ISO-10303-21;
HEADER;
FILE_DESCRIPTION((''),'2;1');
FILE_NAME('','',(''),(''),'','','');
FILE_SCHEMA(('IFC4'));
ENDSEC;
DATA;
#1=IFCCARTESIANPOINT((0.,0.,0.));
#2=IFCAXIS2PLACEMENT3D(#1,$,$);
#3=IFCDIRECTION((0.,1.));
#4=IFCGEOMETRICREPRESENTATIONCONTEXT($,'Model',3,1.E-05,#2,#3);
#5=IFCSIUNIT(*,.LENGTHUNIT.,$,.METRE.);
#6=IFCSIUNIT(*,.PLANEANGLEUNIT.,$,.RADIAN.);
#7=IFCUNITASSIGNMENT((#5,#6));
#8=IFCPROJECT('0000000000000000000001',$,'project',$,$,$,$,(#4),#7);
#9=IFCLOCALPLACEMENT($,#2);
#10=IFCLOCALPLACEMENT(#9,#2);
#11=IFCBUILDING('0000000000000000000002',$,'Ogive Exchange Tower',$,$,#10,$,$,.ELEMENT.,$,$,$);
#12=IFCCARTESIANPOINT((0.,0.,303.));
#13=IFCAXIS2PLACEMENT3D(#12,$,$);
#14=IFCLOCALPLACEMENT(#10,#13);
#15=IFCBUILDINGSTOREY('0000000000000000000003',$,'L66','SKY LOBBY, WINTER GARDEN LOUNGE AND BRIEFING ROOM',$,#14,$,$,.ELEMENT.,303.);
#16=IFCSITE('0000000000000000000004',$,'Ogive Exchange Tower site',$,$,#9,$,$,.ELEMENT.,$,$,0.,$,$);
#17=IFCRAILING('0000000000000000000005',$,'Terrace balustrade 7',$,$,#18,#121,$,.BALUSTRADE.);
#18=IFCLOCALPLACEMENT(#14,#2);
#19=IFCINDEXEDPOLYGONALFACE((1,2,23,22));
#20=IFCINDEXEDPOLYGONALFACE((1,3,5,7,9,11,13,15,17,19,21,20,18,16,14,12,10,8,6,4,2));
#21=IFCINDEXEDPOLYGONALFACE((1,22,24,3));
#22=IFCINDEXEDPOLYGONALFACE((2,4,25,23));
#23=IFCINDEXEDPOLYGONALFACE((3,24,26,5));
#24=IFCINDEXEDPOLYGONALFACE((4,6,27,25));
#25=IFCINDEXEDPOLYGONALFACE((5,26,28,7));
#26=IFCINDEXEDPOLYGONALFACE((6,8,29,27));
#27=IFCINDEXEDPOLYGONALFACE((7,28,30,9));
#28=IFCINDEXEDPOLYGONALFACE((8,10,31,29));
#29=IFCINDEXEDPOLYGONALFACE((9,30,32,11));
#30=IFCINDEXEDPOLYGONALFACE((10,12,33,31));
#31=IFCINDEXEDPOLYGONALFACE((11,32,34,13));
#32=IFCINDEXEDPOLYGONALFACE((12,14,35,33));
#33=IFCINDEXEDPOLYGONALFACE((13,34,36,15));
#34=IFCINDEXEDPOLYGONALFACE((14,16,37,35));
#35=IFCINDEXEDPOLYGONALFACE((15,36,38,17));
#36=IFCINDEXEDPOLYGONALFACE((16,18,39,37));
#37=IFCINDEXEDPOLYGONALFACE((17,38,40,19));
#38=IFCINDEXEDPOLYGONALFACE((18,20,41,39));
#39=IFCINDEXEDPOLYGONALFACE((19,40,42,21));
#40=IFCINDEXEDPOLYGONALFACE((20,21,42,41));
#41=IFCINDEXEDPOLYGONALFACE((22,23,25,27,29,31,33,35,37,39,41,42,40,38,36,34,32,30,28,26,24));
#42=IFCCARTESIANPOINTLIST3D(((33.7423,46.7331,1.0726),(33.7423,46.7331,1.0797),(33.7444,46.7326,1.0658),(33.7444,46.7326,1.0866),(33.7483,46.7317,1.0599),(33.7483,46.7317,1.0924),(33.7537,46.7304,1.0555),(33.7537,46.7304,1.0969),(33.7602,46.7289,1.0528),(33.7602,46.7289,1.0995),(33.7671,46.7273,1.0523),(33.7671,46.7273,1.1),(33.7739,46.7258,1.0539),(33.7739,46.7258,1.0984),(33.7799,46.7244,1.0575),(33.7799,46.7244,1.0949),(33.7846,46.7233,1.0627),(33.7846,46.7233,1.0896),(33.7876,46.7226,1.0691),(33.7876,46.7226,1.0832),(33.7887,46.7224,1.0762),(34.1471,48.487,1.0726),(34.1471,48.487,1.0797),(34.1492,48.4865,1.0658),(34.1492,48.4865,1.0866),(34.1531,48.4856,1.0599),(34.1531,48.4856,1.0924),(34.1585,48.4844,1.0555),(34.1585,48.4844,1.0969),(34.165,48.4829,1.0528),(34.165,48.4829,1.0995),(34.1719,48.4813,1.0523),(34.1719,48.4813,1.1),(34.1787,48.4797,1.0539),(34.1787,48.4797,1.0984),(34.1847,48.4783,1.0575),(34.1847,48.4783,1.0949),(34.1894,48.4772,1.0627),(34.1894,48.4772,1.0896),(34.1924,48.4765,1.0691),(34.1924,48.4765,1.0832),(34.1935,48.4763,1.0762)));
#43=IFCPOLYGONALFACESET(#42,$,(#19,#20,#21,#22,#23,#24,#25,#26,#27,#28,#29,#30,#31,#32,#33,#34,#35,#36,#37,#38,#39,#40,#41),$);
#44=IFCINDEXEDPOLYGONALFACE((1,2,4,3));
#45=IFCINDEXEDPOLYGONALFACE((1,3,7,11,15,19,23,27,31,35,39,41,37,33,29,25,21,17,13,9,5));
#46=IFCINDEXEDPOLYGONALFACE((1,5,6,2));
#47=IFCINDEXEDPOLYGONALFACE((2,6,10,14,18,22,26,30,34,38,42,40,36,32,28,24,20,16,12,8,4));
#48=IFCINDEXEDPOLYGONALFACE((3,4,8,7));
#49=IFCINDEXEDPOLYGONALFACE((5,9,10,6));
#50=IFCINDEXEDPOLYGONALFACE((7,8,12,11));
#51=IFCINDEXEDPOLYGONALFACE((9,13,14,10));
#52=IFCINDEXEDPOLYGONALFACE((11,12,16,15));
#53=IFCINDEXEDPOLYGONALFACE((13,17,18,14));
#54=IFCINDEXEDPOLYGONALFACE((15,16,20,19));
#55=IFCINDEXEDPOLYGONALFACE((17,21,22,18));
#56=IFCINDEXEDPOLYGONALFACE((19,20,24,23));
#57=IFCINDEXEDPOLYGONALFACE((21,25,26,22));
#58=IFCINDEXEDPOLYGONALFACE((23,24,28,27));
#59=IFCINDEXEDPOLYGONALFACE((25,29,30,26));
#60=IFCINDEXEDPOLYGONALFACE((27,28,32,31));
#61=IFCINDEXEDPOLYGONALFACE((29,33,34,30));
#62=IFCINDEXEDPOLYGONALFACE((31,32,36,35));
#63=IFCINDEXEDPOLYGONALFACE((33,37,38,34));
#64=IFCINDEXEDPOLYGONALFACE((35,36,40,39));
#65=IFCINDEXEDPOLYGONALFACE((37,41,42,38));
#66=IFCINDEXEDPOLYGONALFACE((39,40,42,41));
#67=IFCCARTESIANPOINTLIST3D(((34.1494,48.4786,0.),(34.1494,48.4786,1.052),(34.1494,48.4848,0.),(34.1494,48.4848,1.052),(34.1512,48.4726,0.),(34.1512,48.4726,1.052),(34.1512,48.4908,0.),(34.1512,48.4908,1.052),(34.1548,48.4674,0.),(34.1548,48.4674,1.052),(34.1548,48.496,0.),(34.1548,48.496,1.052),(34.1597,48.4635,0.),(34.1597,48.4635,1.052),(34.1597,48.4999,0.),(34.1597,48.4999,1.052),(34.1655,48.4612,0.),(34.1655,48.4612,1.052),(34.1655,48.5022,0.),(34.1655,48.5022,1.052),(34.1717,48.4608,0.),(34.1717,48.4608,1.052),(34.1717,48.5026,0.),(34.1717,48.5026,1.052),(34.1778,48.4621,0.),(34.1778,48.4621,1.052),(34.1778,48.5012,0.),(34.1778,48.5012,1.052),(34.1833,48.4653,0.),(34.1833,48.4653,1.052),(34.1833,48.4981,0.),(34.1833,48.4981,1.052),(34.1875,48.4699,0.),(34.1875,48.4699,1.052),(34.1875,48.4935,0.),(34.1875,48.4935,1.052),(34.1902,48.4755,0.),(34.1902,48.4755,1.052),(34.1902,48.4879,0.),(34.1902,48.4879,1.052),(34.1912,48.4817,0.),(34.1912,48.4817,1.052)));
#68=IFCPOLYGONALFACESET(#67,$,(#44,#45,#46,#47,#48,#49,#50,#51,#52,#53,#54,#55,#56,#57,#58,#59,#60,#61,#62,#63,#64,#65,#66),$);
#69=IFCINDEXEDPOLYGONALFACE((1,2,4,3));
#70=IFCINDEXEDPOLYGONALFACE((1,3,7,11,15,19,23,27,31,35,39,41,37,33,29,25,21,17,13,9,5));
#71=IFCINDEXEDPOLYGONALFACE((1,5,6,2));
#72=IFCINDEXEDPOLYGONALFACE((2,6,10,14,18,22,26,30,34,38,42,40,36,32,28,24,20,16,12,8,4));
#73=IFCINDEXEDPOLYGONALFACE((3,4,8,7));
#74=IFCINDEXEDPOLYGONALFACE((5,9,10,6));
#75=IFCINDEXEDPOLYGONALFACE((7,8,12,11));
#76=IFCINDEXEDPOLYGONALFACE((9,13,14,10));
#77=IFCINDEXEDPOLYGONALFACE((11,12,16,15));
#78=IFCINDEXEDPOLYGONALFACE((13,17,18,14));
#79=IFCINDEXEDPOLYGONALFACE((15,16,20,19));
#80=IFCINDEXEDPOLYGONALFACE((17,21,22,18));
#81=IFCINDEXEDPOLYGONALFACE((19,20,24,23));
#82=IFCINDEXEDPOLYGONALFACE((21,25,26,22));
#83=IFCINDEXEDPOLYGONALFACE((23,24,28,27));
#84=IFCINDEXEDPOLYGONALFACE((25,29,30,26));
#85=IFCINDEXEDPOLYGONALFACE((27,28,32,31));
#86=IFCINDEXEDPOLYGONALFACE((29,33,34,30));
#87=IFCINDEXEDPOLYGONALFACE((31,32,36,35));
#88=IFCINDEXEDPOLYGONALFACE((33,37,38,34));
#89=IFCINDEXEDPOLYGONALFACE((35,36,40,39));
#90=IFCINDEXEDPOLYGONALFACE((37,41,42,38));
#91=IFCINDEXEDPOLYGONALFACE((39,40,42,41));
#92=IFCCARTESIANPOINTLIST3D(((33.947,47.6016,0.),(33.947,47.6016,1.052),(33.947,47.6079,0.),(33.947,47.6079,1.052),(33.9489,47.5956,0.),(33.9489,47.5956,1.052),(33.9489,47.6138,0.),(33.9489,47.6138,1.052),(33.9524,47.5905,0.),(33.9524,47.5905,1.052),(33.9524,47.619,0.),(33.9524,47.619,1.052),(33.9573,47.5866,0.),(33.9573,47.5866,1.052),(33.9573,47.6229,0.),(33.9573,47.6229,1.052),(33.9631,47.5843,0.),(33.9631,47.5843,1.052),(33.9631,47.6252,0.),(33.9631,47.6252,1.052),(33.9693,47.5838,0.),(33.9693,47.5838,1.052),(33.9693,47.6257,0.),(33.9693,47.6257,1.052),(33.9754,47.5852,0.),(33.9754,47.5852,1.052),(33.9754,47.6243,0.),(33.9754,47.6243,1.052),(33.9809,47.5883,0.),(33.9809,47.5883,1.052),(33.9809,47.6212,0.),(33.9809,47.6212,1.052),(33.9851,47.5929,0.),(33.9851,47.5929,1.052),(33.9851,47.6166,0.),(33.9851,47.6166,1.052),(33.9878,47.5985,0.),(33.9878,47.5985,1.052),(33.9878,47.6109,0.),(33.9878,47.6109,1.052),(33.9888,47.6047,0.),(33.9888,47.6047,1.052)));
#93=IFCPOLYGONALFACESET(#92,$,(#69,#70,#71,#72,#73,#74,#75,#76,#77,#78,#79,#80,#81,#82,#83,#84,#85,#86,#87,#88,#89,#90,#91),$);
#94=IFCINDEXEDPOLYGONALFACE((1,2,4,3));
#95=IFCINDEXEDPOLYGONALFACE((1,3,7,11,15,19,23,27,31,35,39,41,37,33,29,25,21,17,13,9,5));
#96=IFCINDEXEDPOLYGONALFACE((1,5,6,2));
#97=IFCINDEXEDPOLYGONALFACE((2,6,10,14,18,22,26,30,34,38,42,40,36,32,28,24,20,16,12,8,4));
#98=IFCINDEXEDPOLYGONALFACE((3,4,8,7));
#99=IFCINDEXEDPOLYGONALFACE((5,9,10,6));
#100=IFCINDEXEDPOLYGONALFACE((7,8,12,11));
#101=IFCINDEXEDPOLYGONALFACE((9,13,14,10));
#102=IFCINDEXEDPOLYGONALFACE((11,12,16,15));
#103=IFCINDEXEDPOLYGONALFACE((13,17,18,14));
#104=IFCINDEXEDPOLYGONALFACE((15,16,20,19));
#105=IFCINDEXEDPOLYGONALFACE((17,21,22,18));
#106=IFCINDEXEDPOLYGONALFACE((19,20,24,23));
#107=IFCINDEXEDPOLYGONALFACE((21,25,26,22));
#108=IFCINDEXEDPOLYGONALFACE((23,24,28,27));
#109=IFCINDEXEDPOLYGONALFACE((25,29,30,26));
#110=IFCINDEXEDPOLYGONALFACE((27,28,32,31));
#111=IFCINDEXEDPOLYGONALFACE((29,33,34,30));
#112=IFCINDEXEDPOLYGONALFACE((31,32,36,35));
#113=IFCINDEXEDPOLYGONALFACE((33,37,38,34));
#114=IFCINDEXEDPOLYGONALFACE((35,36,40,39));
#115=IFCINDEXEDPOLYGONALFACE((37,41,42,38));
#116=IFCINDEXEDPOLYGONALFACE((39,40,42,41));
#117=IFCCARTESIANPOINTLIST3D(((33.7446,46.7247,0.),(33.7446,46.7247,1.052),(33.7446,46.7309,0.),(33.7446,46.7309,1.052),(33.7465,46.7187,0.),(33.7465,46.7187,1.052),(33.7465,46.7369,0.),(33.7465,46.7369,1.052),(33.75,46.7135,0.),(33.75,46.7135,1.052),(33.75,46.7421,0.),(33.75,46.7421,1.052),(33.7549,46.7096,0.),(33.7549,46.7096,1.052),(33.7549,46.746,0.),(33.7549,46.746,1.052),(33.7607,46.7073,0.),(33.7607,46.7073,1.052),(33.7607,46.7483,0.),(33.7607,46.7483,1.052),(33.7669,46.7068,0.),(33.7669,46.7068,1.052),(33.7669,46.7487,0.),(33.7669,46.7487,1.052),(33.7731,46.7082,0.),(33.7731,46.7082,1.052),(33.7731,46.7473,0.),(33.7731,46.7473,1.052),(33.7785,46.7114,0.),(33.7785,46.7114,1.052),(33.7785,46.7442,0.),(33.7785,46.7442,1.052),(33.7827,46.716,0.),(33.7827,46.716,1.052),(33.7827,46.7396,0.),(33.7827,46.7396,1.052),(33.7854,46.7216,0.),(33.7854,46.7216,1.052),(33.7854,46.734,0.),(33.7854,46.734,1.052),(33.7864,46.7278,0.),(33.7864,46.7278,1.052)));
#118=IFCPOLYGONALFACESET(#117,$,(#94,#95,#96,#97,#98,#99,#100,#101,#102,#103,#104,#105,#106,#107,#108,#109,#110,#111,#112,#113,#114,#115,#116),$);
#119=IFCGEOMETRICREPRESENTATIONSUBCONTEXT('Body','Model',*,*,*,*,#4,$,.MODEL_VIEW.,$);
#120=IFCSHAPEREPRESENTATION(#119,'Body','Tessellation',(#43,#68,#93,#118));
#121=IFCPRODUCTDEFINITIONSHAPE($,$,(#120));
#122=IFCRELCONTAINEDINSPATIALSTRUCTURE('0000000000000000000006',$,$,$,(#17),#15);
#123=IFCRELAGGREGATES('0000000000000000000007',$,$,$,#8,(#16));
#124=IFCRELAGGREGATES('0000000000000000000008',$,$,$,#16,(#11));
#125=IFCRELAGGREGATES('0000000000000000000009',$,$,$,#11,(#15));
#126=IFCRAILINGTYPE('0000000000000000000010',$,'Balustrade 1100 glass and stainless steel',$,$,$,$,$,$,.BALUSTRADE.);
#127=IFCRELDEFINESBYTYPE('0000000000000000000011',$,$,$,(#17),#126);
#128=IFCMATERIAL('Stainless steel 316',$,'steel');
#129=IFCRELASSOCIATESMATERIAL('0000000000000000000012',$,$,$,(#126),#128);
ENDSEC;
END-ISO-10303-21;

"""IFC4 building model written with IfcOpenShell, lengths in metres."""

from ifc_helpers import new_model, si_unit, direction, frame, origin, origin_2d, place, context, subcontext, project, spatial, circle, extrude, material, type_object, element, save


model = new_model("IFC4")

# Units and contexts
model_context = context("Model", 3, precision=1e-05, world=origin(), true_north=direction((0.0, 1.0)))
body_context = subcontext(model_context, "Body", "Model", "MODEL_VIEW")
ifc_project = project(units=[si_unit("LENGTHUNIT", "METRE"), si_unit("PLANEANGLEUNIT", "RADIAN")], contexts=[model_context])

# Site, building, storey
site_placement = place(None, origin())
site = spatial("IfcSite", under=ifc_project, at=site_placement, Name="Ogive Exchange Tower site", CompositionType="ELEMENT", RefElevation=0.0)
building_placement = place(site_placement, origin())
building = spatial("IfcBuilding", under=site, at=building_placement, Name="Ogive Exchange Tower", CompositionType="ELEMENT")
storey_placement = place(building_placement, frame((0.0, 0.0, 303.0)))
storey = spatial("IfcBuildingStorey", under=building, at=storey_placement, Name="L66", Description="SKY LOBBY, WINTER GARDEN LOUNGE AND BRIEFING ROOM", CompositionType="ELEMENT", Elevation=303.0)

# Railing
ifc_material_1 = material(Name="Stainless steel 316", Category="steel")
railing_type_1 = type_object("IfcRailingType", Name="Balustrade 1100 glass and stainless steel", PredefinedType="BALUSTRADE", material=ifc_material_1)
railing_1_placement = place(storey_placement, frame((34.1702, 48.4817, 0.0)))
element("IfcRailing", 1, at=railing_1_placement, inside=storey, type_object=railing_type_1, Name="Terrace balustrade 7", PredefinedType="BALUSTRADE", context=body_context, shape_type="SweptSolid", body=[
    extrude(circle(Radius=0.0239, at=origin_2d()), frame((0.0, 0.0, 1.0762), z_axis=(-0.224879, -0.974387, 0.0), x_axis=(0.974387, -0.224879, 0.0)), (0.0, 0.0, 1.0), 1.8),
    extrude(circle(Radius=0.021, at=origin_2d()), origin(), (0.0, 0.0, 1.0), 1.052),
    extrude(circle(Radius=0.021, at=origin_2d()), frame((-0.2024, -0.877, 0.0)), (0.0, 0.0, 1.0), 1.052),
    extrude(circle(Radius=0.021, at=origin_2d()), frame((-0.4048, -1.7539, 0.0)), (0.0, 0.0, 1.0), 1.052),
])

save(model, "model.ifc")
